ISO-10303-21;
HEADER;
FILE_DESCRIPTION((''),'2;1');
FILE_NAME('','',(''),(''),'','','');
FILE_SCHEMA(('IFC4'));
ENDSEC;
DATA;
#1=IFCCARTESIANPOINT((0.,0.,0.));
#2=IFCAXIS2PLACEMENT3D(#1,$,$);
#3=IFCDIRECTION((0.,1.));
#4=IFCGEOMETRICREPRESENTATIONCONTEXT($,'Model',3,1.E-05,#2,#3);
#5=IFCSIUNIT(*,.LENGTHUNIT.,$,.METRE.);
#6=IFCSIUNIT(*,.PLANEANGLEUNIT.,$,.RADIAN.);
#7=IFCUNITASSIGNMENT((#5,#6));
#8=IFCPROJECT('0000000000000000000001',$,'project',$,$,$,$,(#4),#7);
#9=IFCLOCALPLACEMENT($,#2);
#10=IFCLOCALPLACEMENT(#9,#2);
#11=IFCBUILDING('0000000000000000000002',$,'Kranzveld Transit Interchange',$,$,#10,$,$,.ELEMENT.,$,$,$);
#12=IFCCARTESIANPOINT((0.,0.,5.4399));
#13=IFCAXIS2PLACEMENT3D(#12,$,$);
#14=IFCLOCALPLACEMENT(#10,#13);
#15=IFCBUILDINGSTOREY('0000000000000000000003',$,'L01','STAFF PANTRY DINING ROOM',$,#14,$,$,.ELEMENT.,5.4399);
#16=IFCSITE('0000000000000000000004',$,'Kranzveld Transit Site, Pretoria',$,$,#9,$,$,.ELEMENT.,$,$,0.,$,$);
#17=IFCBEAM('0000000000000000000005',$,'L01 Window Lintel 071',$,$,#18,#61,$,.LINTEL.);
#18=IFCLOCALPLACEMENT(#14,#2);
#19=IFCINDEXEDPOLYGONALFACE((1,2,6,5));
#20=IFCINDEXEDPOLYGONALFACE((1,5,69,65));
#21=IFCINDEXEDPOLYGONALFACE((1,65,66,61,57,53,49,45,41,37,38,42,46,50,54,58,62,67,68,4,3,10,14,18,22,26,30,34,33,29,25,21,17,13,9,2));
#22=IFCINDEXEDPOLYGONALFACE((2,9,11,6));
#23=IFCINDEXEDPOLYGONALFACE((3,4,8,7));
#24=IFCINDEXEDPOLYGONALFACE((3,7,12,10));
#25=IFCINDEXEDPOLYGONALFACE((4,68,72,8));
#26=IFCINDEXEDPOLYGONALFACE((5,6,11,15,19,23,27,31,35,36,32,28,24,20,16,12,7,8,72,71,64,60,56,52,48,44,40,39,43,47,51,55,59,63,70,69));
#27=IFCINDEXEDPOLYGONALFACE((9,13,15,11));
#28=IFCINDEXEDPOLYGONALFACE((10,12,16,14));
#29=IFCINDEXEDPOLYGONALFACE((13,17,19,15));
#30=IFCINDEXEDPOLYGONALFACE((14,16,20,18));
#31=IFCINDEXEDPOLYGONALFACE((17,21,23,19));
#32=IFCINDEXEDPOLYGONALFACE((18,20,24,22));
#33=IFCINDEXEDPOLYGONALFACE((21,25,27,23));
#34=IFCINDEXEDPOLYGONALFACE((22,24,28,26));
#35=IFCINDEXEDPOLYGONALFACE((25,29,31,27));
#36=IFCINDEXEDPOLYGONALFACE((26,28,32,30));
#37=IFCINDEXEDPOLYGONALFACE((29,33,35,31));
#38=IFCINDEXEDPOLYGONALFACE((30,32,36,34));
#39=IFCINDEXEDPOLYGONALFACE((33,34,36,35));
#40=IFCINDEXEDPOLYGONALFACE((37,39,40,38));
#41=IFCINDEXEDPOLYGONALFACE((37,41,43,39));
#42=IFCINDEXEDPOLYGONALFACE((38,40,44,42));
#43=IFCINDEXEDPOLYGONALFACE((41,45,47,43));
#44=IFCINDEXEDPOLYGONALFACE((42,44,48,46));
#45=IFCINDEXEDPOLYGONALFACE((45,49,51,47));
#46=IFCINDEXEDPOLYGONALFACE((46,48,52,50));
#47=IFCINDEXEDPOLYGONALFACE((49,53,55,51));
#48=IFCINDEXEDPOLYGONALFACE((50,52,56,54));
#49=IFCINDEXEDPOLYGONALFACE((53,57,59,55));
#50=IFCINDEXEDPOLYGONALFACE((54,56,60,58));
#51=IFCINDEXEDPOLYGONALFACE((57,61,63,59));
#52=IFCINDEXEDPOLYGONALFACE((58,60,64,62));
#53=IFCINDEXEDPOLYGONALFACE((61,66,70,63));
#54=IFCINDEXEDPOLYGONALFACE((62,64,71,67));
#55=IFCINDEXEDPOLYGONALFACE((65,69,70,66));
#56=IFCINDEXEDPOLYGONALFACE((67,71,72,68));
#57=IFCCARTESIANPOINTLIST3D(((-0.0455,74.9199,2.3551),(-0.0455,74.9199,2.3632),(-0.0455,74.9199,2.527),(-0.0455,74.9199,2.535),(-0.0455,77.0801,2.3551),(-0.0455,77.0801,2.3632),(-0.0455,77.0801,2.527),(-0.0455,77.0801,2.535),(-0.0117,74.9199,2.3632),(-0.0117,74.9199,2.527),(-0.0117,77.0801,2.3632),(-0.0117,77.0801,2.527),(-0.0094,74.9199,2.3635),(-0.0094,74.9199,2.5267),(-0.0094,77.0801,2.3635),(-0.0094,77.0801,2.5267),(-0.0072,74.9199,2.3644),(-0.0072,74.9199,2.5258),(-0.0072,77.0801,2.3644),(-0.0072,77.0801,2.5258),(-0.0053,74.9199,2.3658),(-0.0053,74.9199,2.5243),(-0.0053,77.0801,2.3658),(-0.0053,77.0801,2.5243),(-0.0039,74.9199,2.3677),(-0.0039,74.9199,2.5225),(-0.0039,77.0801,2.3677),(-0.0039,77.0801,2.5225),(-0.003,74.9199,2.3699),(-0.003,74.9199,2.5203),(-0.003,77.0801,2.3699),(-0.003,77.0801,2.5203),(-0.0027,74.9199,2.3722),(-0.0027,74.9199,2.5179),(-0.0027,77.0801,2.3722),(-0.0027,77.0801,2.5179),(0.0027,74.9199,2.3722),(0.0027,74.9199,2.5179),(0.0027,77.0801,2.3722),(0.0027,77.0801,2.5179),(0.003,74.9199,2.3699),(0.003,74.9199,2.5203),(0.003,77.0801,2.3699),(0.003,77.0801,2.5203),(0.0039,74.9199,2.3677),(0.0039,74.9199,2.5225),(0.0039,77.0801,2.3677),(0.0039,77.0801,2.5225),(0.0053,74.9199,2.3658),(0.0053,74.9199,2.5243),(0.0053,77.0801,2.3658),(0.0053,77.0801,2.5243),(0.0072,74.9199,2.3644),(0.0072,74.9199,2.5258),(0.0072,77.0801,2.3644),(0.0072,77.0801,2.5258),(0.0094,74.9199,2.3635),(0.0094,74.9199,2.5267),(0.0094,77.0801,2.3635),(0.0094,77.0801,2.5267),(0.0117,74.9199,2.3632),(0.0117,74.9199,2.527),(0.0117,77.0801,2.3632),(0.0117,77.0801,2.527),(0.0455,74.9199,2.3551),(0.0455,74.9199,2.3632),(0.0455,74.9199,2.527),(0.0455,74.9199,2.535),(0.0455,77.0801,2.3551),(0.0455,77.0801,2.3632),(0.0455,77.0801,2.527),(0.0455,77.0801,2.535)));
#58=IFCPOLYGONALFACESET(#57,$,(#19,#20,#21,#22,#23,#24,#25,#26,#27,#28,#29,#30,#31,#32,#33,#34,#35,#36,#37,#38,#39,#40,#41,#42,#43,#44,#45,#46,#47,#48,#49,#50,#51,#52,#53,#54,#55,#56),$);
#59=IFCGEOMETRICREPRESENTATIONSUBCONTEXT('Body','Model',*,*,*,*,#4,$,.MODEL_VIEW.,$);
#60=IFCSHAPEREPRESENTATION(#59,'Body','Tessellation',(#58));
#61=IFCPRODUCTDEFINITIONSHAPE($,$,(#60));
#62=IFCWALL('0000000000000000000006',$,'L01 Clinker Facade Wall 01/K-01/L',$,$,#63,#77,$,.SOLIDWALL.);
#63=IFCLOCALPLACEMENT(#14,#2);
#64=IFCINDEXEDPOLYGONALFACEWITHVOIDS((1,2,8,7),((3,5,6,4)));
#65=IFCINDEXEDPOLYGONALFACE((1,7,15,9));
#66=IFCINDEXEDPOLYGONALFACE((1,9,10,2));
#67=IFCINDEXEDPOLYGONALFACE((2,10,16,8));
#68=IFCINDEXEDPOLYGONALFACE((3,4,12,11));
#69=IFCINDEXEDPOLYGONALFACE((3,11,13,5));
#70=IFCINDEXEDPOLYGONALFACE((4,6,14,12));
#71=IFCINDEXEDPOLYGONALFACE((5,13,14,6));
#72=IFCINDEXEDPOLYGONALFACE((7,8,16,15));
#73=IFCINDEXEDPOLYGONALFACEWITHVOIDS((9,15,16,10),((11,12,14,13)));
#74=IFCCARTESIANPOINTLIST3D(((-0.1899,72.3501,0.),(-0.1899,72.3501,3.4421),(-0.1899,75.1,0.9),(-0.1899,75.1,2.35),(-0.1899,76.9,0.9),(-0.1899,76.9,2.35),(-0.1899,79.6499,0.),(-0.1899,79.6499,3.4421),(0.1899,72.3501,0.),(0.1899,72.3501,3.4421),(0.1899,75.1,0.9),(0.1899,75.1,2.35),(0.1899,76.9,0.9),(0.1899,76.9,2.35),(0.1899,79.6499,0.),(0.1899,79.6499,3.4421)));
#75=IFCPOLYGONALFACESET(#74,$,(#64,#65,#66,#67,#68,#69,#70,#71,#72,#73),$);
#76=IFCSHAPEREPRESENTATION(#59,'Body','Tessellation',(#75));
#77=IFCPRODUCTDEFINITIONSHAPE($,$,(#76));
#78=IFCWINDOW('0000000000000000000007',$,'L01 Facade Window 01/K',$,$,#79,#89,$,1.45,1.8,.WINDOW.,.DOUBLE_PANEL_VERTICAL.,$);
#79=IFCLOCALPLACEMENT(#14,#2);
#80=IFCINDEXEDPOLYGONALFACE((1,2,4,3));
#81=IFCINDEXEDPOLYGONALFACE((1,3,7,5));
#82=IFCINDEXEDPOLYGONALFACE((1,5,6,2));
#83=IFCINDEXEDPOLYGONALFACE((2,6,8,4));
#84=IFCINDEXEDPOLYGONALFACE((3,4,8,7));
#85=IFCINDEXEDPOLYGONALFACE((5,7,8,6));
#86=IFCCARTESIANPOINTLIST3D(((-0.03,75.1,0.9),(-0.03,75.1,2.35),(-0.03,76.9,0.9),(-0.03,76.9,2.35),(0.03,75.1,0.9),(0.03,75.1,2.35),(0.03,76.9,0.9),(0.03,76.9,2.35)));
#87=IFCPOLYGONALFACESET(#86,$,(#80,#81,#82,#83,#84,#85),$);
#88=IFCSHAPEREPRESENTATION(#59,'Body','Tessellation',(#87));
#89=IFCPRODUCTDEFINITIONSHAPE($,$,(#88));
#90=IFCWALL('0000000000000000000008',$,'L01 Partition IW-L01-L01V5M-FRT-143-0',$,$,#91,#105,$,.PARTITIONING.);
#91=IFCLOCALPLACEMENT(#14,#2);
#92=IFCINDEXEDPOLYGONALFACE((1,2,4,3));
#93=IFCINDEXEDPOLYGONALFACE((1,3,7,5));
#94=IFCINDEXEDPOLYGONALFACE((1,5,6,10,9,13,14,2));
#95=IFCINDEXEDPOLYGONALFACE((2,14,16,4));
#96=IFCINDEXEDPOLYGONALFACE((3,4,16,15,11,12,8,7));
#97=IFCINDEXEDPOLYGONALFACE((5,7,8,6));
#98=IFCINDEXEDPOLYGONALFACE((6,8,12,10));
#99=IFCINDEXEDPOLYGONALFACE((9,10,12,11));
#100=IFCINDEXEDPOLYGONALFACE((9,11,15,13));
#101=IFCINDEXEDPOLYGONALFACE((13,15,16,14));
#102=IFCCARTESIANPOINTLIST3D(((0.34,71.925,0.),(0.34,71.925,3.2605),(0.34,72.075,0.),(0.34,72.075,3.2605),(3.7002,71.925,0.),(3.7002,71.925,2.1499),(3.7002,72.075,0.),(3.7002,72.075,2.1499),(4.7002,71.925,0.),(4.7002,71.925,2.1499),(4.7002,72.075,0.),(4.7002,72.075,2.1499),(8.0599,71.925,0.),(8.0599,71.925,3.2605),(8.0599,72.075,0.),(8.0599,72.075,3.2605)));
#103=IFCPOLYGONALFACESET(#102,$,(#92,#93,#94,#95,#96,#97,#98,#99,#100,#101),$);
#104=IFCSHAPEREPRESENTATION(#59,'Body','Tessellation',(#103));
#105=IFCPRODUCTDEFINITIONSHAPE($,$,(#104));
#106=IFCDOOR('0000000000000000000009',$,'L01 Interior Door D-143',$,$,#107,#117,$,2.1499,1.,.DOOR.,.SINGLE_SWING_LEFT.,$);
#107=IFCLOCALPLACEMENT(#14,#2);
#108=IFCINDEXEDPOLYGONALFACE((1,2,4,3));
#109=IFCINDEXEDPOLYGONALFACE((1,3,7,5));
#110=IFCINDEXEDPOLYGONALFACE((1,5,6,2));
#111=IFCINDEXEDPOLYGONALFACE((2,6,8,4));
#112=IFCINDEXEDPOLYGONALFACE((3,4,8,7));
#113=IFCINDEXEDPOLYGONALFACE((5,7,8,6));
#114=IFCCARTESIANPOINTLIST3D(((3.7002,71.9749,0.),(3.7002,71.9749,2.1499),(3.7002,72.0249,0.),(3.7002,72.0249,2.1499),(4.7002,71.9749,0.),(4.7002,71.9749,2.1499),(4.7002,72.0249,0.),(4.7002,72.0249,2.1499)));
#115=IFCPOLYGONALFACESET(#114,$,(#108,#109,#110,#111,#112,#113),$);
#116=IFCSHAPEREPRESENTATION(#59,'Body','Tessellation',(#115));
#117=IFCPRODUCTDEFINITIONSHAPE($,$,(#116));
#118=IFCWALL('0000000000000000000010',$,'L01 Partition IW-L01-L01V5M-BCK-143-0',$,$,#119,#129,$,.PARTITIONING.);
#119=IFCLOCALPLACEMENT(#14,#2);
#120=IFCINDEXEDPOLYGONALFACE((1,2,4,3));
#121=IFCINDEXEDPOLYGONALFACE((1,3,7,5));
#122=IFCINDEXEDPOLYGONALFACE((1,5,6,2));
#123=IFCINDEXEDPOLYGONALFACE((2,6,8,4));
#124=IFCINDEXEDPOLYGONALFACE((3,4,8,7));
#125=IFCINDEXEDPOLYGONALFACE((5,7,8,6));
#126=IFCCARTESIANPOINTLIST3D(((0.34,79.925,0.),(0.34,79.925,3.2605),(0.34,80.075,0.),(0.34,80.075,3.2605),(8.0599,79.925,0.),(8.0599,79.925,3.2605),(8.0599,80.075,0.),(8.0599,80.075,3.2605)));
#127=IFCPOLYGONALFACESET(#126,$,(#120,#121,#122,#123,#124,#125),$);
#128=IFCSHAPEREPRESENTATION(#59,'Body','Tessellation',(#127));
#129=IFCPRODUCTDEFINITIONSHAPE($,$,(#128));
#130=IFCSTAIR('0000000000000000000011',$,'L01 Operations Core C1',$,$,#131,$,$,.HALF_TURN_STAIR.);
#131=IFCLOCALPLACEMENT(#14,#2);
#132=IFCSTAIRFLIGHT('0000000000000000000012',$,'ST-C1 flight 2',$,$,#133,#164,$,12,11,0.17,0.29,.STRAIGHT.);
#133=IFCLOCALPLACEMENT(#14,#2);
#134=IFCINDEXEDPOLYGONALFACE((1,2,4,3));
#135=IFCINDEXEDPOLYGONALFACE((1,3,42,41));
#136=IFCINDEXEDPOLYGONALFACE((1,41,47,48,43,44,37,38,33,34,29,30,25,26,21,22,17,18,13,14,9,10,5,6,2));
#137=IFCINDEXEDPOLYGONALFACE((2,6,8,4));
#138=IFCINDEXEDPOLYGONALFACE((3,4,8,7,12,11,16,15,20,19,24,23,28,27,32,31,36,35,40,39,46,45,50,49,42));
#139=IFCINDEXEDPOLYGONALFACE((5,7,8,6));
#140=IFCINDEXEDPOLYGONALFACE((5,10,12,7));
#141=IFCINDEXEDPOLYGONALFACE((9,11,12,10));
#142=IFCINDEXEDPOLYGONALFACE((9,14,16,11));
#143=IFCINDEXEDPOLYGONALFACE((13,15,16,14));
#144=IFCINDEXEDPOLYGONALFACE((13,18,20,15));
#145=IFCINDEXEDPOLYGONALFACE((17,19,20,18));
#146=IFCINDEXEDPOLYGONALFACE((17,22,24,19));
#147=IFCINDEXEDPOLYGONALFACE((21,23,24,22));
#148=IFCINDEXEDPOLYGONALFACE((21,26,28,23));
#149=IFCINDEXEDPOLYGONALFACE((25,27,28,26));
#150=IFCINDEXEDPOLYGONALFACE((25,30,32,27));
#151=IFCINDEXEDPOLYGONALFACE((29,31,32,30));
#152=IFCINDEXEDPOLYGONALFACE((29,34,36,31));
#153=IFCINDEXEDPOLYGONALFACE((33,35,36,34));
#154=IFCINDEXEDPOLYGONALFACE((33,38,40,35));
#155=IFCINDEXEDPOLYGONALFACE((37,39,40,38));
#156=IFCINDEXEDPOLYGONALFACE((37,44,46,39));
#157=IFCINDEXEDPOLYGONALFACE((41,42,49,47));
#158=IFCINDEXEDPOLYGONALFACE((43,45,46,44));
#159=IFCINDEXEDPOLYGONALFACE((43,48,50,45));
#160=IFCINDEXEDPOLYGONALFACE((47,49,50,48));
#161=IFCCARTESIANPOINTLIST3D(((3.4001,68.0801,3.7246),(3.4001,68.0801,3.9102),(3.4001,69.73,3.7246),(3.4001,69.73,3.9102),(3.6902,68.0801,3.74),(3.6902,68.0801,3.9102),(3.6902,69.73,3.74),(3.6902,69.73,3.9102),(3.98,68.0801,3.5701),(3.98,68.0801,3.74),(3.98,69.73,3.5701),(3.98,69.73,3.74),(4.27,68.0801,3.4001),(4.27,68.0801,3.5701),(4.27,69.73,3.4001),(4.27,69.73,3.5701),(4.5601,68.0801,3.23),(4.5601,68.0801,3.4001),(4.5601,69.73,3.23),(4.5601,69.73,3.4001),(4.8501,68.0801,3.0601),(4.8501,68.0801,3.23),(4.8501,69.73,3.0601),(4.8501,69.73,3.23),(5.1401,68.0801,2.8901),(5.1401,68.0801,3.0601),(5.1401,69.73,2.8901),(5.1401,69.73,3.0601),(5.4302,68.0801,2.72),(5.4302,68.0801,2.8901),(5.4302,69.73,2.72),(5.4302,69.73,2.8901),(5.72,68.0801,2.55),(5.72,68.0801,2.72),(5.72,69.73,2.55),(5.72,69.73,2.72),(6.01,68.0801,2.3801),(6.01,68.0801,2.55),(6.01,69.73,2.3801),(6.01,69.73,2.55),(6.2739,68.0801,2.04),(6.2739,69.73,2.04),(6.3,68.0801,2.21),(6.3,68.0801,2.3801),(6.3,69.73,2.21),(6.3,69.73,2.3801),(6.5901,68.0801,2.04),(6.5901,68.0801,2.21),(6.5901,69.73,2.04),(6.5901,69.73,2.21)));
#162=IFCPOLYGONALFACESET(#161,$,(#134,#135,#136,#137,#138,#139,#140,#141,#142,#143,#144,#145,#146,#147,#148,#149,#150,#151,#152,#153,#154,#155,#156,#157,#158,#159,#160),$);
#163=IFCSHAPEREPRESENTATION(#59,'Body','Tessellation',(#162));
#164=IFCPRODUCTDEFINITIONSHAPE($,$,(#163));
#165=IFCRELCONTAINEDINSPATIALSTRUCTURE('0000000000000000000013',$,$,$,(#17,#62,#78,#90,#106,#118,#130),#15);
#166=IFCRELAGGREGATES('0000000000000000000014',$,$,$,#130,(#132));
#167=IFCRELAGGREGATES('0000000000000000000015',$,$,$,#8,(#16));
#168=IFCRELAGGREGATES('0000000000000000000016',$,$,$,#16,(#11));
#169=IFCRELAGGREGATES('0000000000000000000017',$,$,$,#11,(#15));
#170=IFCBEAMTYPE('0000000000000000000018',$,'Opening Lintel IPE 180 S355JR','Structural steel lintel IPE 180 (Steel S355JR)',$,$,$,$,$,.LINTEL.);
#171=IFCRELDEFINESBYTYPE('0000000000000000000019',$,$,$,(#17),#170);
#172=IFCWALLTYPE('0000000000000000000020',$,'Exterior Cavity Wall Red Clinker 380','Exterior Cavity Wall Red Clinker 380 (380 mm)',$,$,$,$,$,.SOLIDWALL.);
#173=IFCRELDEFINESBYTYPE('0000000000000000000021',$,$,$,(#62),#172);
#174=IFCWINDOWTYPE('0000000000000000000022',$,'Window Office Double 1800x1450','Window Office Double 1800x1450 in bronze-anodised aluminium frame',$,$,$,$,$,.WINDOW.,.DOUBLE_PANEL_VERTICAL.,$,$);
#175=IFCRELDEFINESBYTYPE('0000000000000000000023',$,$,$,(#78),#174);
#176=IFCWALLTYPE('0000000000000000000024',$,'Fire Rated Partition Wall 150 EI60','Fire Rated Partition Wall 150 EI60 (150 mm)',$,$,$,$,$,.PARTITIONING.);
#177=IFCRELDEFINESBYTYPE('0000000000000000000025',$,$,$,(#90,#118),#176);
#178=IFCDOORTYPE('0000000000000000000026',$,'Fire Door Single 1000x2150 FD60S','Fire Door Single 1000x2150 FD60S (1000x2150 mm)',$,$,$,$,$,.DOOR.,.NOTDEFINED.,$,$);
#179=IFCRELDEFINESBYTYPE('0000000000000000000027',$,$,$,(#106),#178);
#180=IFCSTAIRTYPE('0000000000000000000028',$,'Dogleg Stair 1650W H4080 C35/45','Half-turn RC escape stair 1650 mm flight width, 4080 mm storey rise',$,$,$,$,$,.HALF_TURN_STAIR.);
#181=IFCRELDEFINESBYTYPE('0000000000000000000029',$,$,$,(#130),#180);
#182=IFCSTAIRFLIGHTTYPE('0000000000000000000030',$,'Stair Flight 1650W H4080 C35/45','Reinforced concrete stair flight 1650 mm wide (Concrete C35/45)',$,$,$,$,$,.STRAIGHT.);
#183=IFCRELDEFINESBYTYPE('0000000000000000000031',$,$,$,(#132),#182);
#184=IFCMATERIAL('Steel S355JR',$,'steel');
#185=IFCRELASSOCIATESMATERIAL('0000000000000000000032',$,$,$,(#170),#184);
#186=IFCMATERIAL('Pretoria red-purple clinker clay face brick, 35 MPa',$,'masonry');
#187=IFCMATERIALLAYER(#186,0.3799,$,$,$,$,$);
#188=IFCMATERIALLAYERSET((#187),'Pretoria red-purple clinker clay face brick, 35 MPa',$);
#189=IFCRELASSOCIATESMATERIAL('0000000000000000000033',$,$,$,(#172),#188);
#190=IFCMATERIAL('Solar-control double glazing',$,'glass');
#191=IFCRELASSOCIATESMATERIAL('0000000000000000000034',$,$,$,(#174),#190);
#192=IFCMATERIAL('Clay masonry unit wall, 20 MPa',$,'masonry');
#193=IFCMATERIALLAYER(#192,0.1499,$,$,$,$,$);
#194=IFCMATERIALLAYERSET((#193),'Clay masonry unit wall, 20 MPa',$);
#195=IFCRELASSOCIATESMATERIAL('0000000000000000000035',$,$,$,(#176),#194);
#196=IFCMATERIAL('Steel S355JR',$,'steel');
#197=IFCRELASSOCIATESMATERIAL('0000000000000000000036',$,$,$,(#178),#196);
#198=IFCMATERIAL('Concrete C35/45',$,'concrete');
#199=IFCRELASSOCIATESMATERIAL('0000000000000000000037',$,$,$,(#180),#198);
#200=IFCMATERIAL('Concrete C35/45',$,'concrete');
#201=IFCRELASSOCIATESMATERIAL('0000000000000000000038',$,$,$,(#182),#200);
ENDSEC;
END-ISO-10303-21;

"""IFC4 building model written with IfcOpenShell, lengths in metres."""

from ifc_helpers import new_model, si_unit, direction, frame, frame_2d, origin, origin_2d, place, context, subcontext, project, spatial, polyline, rectangle, i_section, outline, extrude, material, layer, layer_set, material_profile, profile_set, type_object, element, fill, aggregate, save


model = new_model("IFC4")

# Units and contexts
model_context = context("Model", 3, precision=1e-05, world=origin(), true_north=direction((0.0, 1.0)))
body_context = subcontext(model_context, "Body", "Model", "MODEL_VIEW")
ifc_project = project(units=[si_unit("LENGTHUNIT", "METRE"), si_unit("PLANEANGLEUNIT", "RADIAN")], contexts=[model_context])

# Site, building, storey
site_placement = place(None, origin())
site = spatial("IfcSite", under=ifc_project, at=site_placement, Name="Kranzveld Transit Site, Pretoria", CompositionType="ELEMENT", RefElevation=0.0)
building_placement = place(site_placement, origin())
building = spatial("IfcBuilding", under=site, at=building_placement, Name="Kranzveld Transit Interchange", CompositionType="ELEMENT")
storey_placement = place(building_placement, frame((0.0, 0.0, 5.4399)))
storey = spatial("IfcBuildingStorey", under=building, at=storey_placement, Name="L01", Description="STAFF PANTRY DINING ROOM", CompositionType="ELEMENT", Elevation=5.4399)

# Beam
ifc_material_1 = material(Name="Steel S355JR", Category="steel")
ifc_material_profile_1 = material_profile(ifc_material_1, i_section(OverallWidth=0.0911, OverallDepth=0.1799, WebThickness=0.0054, FlangeThickness=0.0081, FilletRadius=0.009, at=origin_2d()), Name="IPE 180")
ifc_profile_set_1 = profile_set([ifc_material_profile_1], Name="Steel S355JR")
beam_type_1 = type_object("IfcBeamType", Name="Opening Lintel IPE 180 S355JR", Description="Structural steel lintel IPE 180 (Steel S355JR)", PredefinedType="LINTEL", material=ifc_profile_set_1)
beam_1_placement = place(storey_placement, frame((0.0, 74.9199, 2.4451), z_axis=(0.0, 1.0, 0.0), x_axis=(-1.0, 0.0, 0.0)))
element("IfcBeam", 1, at=beam_1_placement, inside=storey, type_object=beam_type_1, Name="L01 Window Lintel 071", PredefinedType="LINTEL", context=body_context, shape_type="SweptSolid", body=[
    extrude(i_section(OverallWidth=0.0911, OverallDepth=0.1799, WebThickness=0.0054, FlangeThickness=0.0081, FilletRadius=0.009, at=origin_2d()), origin(), (0.0, 0.0, 1.0), 2.1602),
])

# Wall, opening, window
ifc_material_2 = material(Name="Pretoria red-purple clinker clay face brick, 35 MPa", Category="masonry")
ifc_layer_1 = layer(ifc_material_2, 0.3799)
ifc_layer_set_1 = layer_set([ifc_layer_1], Name="Pretoria red-purple clinker clay face brick, 35 MPa")
wall_type_1 = type_object("IfcWallType", Name="Exterior Cavity Wall Red Clinker 380", Description="Exterior Cavity Wall Red Clinker 380 (380 mm)", PredefinedType="SOLIDWALL", material=ifc_layer_set_1)
wall_1_placement = place(storey_placement, frame((0.0, 72.3501, 0.0), z_axis=(0.0, 0.0, 1.0), x_axis=(0.0, 1.0, 0.0)))
wall_1 = element("IfcWall", 2, at=wall_1_placement, inside=storey, type_object=wall_type_1, Name="L01 Clinker Facade Wall 01/K-01/L", PredefinedType="SOLIDWALL", context=body_context, shape_type="SweptSolid", body=[
    extrude(rectangle(XDim=7.2998, YDim=0.3799, at=frame_2d((3.6499, 0.0))), origin(), (0.0, 0.0, 1.0), 3.4421),
])
opening_1_placement = place(wall_1_placement, frame((2.75, 0.0, 0.8999), z_axis=(0.0, 0.0, 1.0), x_axis=(1.0, 0.0, 0.0)))
opening_1 = element("IfcOpeningElement", 3, at=opening_1_placement, cuts=wall_1, PredefinedType="OPENING", context=body_context, shape_type="SweptSolid", body=[
    extrude(rectangle(XDim=1.8, YDim=1.45, at=frame_2d((0.8999, 0.7251))), frame((0.0, 0.2, 0.0), z_axis=(0.0, -1.0, 0.0), x_axis=(1.0, 0.0, 0.0)), (0.0, 0.0, 1.0), 0.3999),
])
ifc_material_3 = material(Name="Solar-control double glazing", Category="glass")
window_type = type_object("IfcWindowType", Name="Window Office Double 1800x1450", Description="Window Office Double 1800x1450 in bronze-anodised aluminium frame", PartitioningType="DOUBLE_PANEL_VERTICAL", PredefinedType="WINDOW", material=ifc_material_3)
window_placement = place(opening_1_placement, origin())
window = element("IfcWindow", 4, at=window_placement, inside=storey, type_object=window_type, Name="L01 Facade Window 01/K", OverallHeight=1.45, OverallWidth=1.8, PartitioningType="DOUBLE_PANEL_VERTICAL", PredefinedType="WINDOW", context=body_context, shape_type="SweptSolid", body=[
    extrude(rectangle(XDim=1.8, YDim=1.45, at=frame_2d((0.8999, 0.7251))), frame((0.0, 0.03, 0.0), z_axis=(0.0, -1.0, 0.0), x_axis=(1.0, 0.0, 0.0)), (0.0, 0.0, 1.0), 0.0601),
])
fill(opening_1, window)

# Wall, opening, door
ifc_material_4 = material(Name="Clay masonry unit wall, 20 MPa", Category="masonry")
ifc_layer_2 = layer(ifc_material_4, 0.1499)
ifc_layer_set_2 = layer_set([ifc_layer_2], Name="Clay masonry unit wall, 20 MPa")
wall_type_2 = type_object("IfcWallType", Name="Fire Rated Partition Wall 150 EI60", Description="Fire Rated Partition Wall 150 EI60 (150 mm)", PredefinedType="PARTITIONING", material=ifc_layer_set_2)
wall_2_placement = place(storey_placement, frame((0.3401, 72.0, 0.0), z_axis=(0.0, 0.0, 1.0), x_axis=(1.0, 0.0, 0.0)))
wall_2 = element("IfcWall", 5, at=wall_2_placement, inside=storey, type_object=wall_type_2, Name="L01 Partition IW-L01-L01V5M-FRT-143-0", PredefinedType="PARTITIONING", context=body_context, shape_type="SweptSolid", body=[
    extrude(rectangle(XDim=7.72, YDim=0.1499, at=frame_2d((3.8599, 0.0))), origin(), (0.0, 0.0, 1.0), 3.2605),
])
opening_2_placement = place(wall_2_placement, frame((3.3601, 0.0, 0.0), z_axis=(0.0, 0.0, 1.0), x_axis=(1.0, 0.0, 0.0)))
opening_2 = element("IfcOpeningElement", 6, at=opening_2_placement, cuts=wall_2, PredefinedType="OPENING", context=body_context, shape_type="SweptSolid", body=[
    extrude(rectangle(XDim=1.0, YDim=2.1499, at=frame_2d((0.5, 1.075))), frame((0.0, 0.085, 0.0), z_axis=(0.0, -1.0, 0.0), x_axis=(1.0, 0.0, 0.0)), (0.0, 0.0, 1.0), 0.1699),
])
ifc_material_5 = material(Name="Steel S355JR", Category="steel")
door_type_1 = type_object("IfcDoorType", Name="Fire Door Single 1000x2150 FD60S", Description="Fire Door Single 1000x2150 FD60S (1000x2150 mm)", OperationType="NOTDEFINED", PredefinedType="DOOR", material=ifc_material_5)
door_1_placement = place(opening_2_placement, origin())
door_1 = element("IfcDoor", 7, at=door_1_placement, inside=storey, type_object=door_type_1, Name="L01 Interior Door D-143", OperationType="SINGLE_SWING_LEFT", OverallHeight=2.1499, OverallWidth=1.0, PredefinedType="DOOR", context=body_context, shape_type="SweptSolid", body=[
    extrude(rectangle(XDim=1.0, YDim=2.1499, at=frame_2d((0.5, 1.075))), frame((0.0, 0.0249, 0.0), z_axis=(0.0, -1.0, 0.0), x_axis=(1.0, 0.0, 0.0)), (0.0, 0.0, 1.0), 0.05),
])
fill(opening_2, door_1)

# Wall
wall_3_placement = place(storey_placement, frame((0.3401, 80.0, 0.0), z_axis=(0.0, 0.0, 1.0), x_axis=(1.0, 0.0, 0.0)))
element("IfcWall", 8, at=wall_3_placement, inside=storey, type_object=wall_type_2, Name="L01 Partition IW-L01-L01V5M-BCK-143-0", PredefinedType="PARTITIONING", context=body_context, shape_type="SweptSolid", body=[
    extrude(rectangle(XDim=7.72, YDim=0.1499, at=frame_2d((3.8599, 0.0))), origin(), (0.0, 0.0, 1.0), 3.2605),
])

# Stair, stair flight
ifc_material_6 = material(Name="Concrete C35/45", Category="concrete")
stair_type = type_object("IfcStairType", Name="Dogleg Stair 1650W H4080 C35/45", Description="Half-turn RC escape stair 1650 mm flight width, 4080 mm storey rise", PredefinedType="HALF_TURN_STAIR", material=ifc_material_6)
stair_placement = place(storey_placement, origin())
stair = element("IfcStair", 9, at=stair_placement, inside=storey, type_object=stair_type, Name="L01 Operations Core C1", PredefinedType="HALF_TURN_STAIR")
ifc_material_7 = material(Name="Concrete C35/45", Category="concrete")
stair_flight_type = type_object("IfcStairFlightType", Name="Stair Flight 1650W H4080 C35/45", Description="Reinforced concrete stair flight 1650 mm wide (Concrete C35/45)", PredefinedType="STRAIGHT", material=ifc_material_7)
stair_flight_placement = place(storey_placement, frame((6.5901, 68.905, 2.04), z_axis=(0.0, 0.0, 1.0), x_axis=(-1.0, 0.0, 0.0)))
stair_flight = element("IfcStairFlight", 10, at=stair_flight_placement, type_object=stair_flight_type, Name="ST-C1 flight 2", NumberOfRisers=12, NumberOfTreads=11, PredefinedType="STRAIGHT", RiserHeight=0.17, TreadLength=0.29, context=body_context, shape_type="SweptSolid", body=[
    extrude(outline(polyline([(0.0, 0.0), (0.0, 0.1699), (0.29, 0.1699), (0.29, 0.3401), (0.5801, 0.3401), (0.5801, 0.51), (0.8701, 0.51), (0.8701, 0.6799), (1.1599, 0.6799), (1.1599, 0.8501), (1.45, 0.8501), (1.45, 1.02), (1.74, 1.02), (1.74, 1.1899), (2.03, 1.1899), (2.03, 1.3601), (2.3201, 1.3601), (2.3201, 1.53), (2.6101, 1.53), (2.6101, 1.7), (2.8999, 1.7), (2.8999, 1.8701), (3.1899, 1.8701), (3.1899, 2.04), (3.1899, 1.6846), (0.3162, 0.0), (0.0, 0.0)])), frame((0.0, 0.825, 0.0), z_axis=(0.0, -1.0, 0.0), x_axis=(1.0, 0.0, 0.0)), (0.0, 0.0, 1.0), 1.6499),
])
aggregate(stair, [stair_flight])

save(model, "model.ifc")
